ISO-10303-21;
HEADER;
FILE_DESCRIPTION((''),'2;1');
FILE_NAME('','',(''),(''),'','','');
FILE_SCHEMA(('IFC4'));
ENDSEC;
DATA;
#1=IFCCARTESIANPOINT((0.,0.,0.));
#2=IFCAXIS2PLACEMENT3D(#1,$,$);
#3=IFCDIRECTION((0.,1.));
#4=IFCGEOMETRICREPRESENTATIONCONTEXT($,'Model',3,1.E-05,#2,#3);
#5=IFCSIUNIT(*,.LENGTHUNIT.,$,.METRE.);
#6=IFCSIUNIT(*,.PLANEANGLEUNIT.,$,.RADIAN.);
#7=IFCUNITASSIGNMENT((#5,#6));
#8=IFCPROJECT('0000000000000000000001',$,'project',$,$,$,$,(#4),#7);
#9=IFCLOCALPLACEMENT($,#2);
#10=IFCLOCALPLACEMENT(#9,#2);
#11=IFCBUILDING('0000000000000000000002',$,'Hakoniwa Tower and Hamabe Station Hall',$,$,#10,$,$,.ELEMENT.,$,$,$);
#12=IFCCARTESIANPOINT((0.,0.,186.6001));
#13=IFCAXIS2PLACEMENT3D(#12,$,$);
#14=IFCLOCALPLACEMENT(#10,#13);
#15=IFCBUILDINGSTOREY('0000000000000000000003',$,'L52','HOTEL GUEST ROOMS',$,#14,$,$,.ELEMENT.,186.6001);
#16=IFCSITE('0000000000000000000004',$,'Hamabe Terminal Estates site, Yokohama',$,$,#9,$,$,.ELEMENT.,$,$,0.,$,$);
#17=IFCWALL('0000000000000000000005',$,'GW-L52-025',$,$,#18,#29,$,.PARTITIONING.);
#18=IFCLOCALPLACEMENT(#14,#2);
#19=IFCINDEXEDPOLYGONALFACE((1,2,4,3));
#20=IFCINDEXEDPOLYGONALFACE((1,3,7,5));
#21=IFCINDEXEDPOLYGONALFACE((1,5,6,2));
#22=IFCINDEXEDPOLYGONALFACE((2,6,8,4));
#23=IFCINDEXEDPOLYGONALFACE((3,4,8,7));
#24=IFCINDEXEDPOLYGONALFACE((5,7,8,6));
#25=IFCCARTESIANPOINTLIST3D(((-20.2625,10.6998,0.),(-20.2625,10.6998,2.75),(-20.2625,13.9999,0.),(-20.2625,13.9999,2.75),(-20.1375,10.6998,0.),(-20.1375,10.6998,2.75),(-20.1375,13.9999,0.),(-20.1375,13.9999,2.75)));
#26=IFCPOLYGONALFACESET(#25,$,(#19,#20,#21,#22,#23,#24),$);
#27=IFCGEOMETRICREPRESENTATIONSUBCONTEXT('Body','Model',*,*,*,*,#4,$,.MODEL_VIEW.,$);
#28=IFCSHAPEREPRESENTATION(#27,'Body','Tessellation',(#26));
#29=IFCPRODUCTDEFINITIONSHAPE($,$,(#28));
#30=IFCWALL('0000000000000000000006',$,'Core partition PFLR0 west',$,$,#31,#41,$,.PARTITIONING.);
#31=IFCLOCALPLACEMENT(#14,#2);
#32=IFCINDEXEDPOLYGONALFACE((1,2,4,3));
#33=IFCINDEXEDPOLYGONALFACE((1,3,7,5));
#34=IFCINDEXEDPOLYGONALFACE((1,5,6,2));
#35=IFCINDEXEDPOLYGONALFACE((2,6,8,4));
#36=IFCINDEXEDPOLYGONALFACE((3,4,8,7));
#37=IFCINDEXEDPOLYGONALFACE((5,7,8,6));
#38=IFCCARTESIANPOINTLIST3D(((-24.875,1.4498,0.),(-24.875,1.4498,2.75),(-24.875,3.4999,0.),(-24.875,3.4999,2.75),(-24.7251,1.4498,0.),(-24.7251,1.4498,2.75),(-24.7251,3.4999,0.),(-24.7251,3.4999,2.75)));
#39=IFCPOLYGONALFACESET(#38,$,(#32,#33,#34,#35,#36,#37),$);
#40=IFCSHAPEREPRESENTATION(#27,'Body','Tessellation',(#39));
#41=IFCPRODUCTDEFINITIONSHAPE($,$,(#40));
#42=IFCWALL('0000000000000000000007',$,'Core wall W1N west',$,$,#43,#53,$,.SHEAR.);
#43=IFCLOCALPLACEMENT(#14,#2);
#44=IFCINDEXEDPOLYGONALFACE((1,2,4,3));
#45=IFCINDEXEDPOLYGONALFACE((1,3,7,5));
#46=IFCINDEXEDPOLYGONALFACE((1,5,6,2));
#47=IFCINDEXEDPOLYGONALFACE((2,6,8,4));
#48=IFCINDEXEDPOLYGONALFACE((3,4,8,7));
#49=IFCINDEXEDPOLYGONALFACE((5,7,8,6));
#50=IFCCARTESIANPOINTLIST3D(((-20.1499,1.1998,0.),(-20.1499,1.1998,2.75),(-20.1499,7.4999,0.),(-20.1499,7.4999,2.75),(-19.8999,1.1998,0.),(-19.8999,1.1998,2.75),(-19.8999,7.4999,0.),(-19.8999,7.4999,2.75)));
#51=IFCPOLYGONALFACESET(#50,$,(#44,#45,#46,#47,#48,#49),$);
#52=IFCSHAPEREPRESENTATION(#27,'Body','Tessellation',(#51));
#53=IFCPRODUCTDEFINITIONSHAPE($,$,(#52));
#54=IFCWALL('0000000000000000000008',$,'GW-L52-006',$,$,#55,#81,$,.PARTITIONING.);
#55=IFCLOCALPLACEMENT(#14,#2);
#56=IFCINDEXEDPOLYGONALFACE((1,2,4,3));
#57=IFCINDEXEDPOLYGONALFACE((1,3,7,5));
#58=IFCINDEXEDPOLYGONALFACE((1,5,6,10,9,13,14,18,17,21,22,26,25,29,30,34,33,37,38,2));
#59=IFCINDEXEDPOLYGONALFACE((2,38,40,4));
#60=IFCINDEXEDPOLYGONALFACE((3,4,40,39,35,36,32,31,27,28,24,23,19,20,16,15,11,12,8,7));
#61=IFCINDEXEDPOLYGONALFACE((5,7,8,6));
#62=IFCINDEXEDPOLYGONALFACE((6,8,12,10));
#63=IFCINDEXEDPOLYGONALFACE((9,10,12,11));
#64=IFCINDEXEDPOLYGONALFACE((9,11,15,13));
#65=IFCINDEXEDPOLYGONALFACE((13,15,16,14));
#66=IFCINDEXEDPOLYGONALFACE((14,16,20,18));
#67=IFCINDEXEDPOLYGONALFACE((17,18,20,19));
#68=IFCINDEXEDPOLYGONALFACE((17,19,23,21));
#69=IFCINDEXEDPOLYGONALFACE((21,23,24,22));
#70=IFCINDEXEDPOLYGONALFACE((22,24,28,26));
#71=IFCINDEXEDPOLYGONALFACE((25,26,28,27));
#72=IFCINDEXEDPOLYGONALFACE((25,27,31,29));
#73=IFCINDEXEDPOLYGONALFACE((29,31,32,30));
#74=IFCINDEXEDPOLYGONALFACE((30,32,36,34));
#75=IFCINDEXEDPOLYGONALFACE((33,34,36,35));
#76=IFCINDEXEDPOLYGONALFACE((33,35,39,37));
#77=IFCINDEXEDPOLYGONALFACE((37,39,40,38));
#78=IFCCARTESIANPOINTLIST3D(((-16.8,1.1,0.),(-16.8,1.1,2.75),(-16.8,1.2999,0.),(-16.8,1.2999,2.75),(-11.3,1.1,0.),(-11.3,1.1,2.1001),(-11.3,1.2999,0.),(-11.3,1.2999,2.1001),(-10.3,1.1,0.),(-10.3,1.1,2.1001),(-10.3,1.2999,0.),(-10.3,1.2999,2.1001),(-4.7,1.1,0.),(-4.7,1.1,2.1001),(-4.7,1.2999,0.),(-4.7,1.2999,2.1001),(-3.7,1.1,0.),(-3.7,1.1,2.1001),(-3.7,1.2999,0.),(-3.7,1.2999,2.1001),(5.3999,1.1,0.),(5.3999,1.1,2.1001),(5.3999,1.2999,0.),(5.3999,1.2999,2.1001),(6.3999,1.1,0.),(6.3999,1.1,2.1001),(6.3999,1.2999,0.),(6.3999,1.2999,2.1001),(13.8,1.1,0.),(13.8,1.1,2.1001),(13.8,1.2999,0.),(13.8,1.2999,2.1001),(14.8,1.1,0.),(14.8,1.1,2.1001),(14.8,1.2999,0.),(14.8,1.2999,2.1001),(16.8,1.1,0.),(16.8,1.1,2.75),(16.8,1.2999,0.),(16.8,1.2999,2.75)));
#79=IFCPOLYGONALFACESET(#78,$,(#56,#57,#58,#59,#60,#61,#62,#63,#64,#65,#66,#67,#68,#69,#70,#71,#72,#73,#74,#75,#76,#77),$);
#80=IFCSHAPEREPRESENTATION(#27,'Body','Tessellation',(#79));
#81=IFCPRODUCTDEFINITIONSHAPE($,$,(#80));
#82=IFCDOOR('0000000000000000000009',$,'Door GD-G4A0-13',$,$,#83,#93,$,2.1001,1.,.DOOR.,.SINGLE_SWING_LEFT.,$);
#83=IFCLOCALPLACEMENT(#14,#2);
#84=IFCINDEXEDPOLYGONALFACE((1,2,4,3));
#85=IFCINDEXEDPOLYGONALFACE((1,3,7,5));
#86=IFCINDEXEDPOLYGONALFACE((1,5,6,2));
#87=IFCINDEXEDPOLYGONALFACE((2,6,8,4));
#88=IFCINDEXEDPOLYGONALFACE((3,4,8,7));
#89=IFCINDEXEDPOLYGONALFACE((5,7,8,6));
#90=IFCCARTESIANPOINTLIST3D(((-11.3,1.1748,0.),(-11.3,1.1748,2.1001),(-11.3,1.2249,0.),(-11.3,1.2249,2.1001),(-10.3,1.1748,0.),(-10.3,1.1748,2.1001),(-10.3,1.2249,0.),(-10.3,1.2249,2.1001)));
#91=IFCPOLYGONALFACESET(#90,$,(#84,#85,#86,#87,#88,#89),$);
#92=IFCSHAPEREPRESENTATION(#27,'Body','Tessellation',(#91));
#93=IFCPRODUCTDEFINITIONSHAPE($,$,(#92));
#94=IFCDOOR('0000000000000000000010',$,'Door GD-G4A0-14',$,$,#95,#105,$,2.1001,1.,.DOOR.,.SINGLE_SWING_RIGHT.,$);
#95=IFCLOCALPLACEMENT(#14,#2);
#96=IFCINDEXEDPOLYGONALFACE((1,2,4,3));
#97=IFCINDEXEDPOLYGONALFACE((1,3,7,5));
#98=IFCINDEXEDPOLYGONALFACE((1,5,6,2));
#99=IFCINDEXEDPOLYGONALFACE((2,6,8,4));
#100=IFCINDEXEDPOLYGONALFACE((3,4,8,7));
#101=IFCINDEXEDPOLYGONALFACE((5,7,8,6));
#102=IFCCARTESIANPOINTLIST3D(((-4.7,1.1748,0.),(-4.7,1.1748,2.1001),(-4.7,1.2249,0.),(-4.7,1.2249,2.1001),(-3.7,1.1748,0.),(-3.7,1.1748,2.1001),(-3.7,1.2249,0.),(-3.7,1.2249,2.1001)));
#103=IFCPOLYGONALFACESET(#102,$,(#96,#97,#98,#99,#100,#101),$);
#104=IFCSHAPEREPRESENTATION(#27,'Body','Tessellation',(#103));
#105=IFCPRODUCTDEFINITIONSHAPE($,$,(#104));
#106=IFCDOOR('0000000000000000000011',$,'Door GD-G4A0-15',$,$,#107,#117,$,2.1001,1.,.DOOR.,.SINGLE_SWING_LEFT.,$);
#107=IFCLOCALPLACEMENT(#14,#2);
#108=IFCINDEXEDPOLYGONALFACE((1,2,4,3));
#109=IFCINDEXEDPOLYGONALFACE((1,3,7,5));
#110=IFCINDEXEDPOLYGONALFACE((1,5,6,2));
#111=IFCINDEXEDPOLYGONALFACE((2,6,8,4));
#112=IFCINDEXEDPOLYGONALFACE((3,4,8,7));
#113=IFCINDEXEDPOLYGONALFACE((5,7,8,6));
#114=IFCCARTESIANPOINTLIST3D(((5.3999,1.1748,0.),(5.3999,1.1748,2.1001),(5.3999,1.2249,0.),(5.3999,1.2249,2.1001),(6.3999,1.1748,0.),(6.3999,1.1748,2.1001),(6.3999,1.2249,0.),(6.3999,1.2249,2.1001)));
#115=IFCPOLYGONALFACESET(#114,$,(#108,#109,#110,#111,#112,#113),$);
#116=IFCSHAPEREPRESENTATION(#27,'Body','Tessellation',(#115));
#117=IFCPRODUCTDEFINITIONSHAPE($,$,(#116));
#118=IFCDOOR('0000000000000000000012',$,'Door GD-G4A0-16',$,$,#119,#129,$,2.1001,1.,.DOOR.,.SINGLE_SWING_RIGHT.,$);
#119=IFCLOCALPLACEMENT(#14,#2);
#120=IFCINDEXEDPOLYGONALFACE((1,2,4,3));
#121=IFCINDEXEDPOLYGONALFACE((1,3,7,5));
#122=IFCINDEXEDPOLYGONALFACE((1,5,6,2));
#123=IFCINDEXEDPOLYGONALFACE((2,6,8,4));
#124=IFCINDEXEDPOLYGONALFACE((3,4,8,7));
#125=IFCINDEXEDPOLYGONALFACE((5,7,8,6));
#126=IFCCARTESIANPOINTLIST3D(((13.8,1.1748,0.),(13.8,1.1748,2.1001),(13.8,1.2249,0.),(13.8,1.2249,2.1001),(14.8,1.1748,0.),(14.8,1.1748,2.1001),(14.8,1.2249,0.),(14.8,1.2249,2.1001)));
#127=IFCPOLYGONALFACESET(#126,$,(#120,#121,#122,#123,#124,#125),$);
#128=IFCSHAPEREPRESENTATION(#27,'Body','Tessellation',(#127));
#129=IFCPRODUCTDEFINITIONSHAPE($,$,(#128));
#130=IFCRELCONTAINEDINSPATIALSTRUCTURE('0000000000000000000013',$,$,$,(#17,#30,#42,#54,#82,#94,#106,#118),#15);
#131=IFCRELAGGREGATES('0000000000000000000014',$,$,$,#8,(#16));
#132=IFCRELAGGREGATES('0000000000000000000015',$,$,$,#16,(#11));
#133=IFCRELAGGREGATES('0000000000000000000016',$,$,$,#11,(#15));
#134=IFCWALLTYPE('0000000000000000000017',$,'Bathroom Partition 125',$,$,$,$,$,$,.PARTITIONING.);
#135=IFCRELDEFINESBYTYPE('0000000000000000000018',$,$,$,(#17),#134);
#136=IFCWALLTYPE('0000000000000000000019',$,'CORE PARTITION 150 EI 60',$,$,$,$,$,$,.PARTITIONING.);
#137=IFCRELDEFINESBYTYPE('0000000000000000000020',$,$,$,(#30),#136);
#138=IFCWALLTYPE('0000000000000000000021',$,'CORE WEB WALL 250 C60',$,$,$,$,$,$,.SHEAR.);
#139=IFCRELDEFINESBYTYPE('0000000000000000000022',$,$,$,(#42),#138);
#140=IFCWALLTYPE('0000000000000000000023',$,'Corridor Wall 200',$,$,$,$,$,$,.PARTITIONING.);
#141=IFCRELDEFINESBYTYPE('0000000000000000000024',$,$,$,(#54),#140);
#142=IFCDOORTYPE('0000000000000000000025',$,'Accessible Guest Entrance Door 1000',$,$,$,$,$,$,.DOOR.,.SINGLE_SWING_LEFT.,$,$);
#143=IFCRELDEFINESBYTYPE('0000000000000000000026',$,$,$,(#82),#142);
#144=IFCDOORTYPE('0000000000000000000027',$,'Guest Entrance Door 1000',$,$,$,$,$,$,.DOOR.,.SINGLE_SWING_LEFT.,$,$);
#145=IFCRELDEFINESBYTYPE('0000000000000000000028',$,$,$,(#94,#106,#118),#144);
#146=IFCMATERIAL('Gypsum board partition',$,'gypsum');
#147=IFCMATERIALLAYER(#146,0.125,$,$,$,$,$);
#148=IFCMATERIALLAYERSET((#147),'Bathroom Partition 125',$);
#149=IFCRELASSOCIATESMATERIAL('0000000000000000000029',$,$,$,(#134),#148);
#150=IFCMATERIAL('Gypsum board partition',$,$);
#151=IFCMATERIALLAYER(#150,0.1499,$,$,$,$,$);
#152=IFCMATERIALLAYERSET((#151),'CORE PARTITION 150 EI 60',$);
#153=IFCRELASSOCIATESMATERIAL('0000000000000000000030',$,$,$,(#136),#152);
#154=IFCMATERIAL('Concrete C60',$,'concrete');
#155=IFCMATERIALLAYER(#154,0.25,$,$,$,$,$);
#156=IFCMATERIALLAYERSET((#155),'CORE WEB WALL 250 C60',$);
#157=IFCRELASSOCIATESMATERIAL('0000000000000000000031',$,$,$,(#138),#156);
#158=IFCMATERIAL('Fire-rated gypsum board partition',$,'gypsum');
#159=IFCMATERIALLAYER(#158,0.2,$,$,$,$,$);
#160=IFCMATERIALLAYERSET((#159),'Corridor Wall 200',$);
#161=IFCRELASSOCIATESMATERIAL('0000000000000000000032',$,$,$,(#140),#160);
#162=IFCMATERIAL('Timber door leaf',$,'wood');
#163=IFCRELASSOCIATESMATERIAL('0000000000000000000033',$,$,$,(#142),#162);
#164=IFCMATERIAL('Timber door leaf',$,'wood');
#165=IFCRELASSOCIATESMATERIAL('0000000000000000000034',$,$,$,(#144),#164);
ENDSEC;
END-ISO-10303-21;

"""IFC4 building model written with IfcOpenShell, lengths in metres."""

from ifc_helpers import new_model, si_unit, direction, frame, frame_2d, origin, place, context, subcontext, project, spatial, rectangle, extrude, material, layer, layer_set, type_object, element, fill, save


model = new_model("IFC4")

# Units and contexts
model_context = context("Model", 3, precision=1e-05, world=origin(), true_north=direction((0.0, 1.0)))
body_context = subcontext(model_context, "Body", "Model", "MODEL_VIEW")
ifc_project = project(units=[si_unit("LENGTHUNIT", "METRE"), si_unit("PLANEANGLEUNIT", "RADIAN")], contexts=[model_context])

# Site, building, storey
site_placement = place(None, origin())
site = spatial("IfcSite", under=ifc_project, at=site_placement, Name="Hamabe Terminal Estates site, Yokohama", CompositionType="ELEMENT", RefElevation=0.0)
building_placement = place(site_placement, origin())
building = spatial("IfcBuilding", under=site, at=building_placement, Name="Hakoniwa Tower and Hamabe Station Hall", CompositionType="ELEMENT")
storey_placement = place(building_placement, frame((0.0, 0.0, 186.6001)))
storey = spatial("IfcBuildingStorey", under=building, at=storey_placement, Name="L52", Description="HOTEL GUEST ROOMS", CompositionType="ELEMENT", Elevation=186.6001)

# Shared definitions
ifc_material_1 = material(Name="Gypsum board partition", Category="gypsum")
ifc_layer_1 = layer(ifc_material_1, 0.125)
ifc_layer_set_1 = layer_set([ifc_layer_1], Name="Bathroom Partition 125")
wall_type_1 = type_object("IfcWallType", Name="Bathroom Partition 125", PredefinedType="PARTITIONING", material=ifc_layer_set_1)

# Walls
wall_1_placement = place(storey_placement, frame((-20.2, 10.7, 0.0), z_axis=(0.0, 0.0, 1.0), x_axis=(0.0, 1.0, 0.0)))
element("IfcWall", 1, at=wall_1_placement, inside=storey, type_object=wall_type_1, Name="GW-L52-025", PredefinedType="PARTITIONING", context=body_context, shape_type="SweptSolid", body=[
    extrude(rectangle(XDim=3.3, YDim=0.125, at=frame_2d((1.6499, 0.0))), origin(), (0.0, 0.0, 1.0), 2.75),
])
ifc_material_2 = material(Name="Gypsum board partition")
ifc_layer_2 = layer(ifc_material_2, 0.1499)
ifc_layer_set_2 = layer_set([ifc_layer_2], Name="CORE PARTITION 150 EI 60")
wall_type_2 = type_object("IfcWallType", Name="CORE PARTITION 150 EI 60", PredefinedType="PARTITIONING", material=ifc_layer_set_2)
wall_2_placement = place(storey_placement, frame((-24.8, 1.45, 0.0), z_axis=(0.0, 0.0, 1.0), x_axis=(0.0, 1.0, 0.0)))
element("IfcWall", 2, at=wall_2_placement, inside=storey, type_object=wall_type_2, Name="Core partition PFLR0 west", PredefinedType="PARTITIONING", context=body_context, shape_type="SweptSolid", body=[
    extrude(rectangle(XDim=2.05, YDim=0.1499, at=frame_2d((1.0249, 0.0))), origin(), (0.0, 0.0, 1.0), 2.75),
])
ifc_material_3 = material(Name="Concrete C60", Category="concrete")
ifc_layer_3 = layer(ifc_material_3, 0.25)
ifc_layer_set_3 = layer_set([ifc_layer_3], Name="CORE WEB WALL 250 C60")
wall_type_3 = type_object("IfcWallType", Name="CORE WEB WALL 250 C60", PredefinedType="SHEAR", material=ifc_layer_set_3)
wall_3_placement = place(storey_placement, frame((-20.0249, 1.2, 0.0), z_axis=(0.0, 0.0, 1.0), x_axis=(0.0, 1.0, 0.0)))
element("IfcWall", 3, at=wall_3_placement, inside=storey, type_object=wall_type_3, Name="Core wall W1N west", PredefinedType="SHEAR", context=body_context, shape_type="SweptSolid", body=[
    extrude(rectangle(XDim=6.3, YDim=0.25, at=frame_2d((3.1499, 0.0))), origin(), (0.0, 0.0, 1.0), 2.75),
])

# Wall, openings, doors
ifc_material_4 = material(Name="Fire-rated gypsum board partition", Category="gypsum")
ifc_layer_4 = layer(ifc_material_4, 0.2)
ifc_layer_set_4 = layer_set([ifc_layer_4], Name="Corridor Wall 200")
wall_type_4 = type_object("IfcWallType", Name="Corridor Wall 200", PredefinedType="PARTITIONING", material=ifc_layer_set_4)
wall_4_placement = place(storey_placement, frame((-16.8, 1.2, 0.0), z_axis=(0.0, 0.0, 1.0), x_axis=(1.0, 0.0, 0.0)))
wall_4 = element("IfcWall", 4, at=wall_4_placement, inside=storey, type_object=wall_type_4, Name="GW-L52-006", PredefinedType="PARTITIONING", context=body_context, shape_type="SweptSolid", body=[
    extrude(rectangle(XDim=33.6001, YDim=0.2, at=frame_2d((16.8, 0.0))), origin(), (0.0, 0.0, 1.0), 2.75),
])
opening_1_placement = place(wall_4_placement, frame((5.5, 0.0, 0.0)))
opening_1 = element("IfcOpeningElement", 5, at=opening_1_placement, cuts=wall_4, PredefinedType="OPENING", context=body_context, shape_type="SweptSolid", body=[
    extrude(rectangle(XDim=1.0, YDim=2.1001, at=frame_2d((0.5, 1.05))), frame((0.0, 0.1099, 0.0), z_axis=(0.0, -1.0, 0.0), x_axis=(1.0, 0.0, 0.0)), (0.0, 0.0, 1.0), 0.22),
])
opening_2_placement = place(wall_4_placement, frame((12.1001, 0.0, 0.0)))
opening_2 = element("IfcOpeningElement", 6, at=opening_2_placement, cuts=wall_4, PredefinedType="OPENING", context=body_context, shape_type="SweptSolid", body=[
    extrude(rectangle(XDim=1.0, YDim=2.1001, at=frame_2d((0.5, 1.05))), frame((0.0, 0.1099, 0.0), z_axis=(0.0, -1.0, 0.0), x_axis=(1.0, 0.0, 0.0)), (0.0, 0.0, 1.0), 0.22),
])
opening_3_placement = place(wall_4_placement, frame((22.2, 0.0, 0.0)))
opening_3 = element("IfcOpeningElement", 7, at=opening_3_placement, cuts=wall_4, PredefinedType="OPENING", context=body_context, shape_type="SweptSolid", body=[
    extrude(rectangle(XDim=1.0, YDim=2.1001, at=frame_2d((0.5, 1.05))), frame((0.0, 0.1099, 0.0), z_axis=(0.0, -1.0, 0.0), x_axis=(1.0, 0.0, 0.0)), (0.0, 0.0, 1.0), 0.22),
])
opening_4_placement = place(wall_4_placement, frame((30.6001, 0.0, 0.0)))
opening_4 = element("IfcOpeningElement", 8, at=opening_4_placement, cuts=wall_4, PredefinedType="OPENING", context=body_context, shape_type="SweptSolid", body=[
    extrude(rectangle(XDim=1.0, YDim=2.1001, at=frame_2d((0.5, 1.05))), frame((0.0, 0.1099, 0.0), z_axis=(0.0, -1.0, 0.0), x_axis=(1.0, 0.0, 0.0)), (0.0, 0.0, 1.0), 0.22),
])
ifc_material_5 = material(Name="Timber door leaf", Category="wood")
door_type_1 = type_object("IfcDoorType", Name="Accessible Guest Entrance Door 1000", OperationType="SINGLE_SWING_LEFT", PredefinedType="DOOR", material=ifc_material_5)
door_1_placement = place(opening_1_placement, origin())
door_1 = element("IfcDoor", 9, at=door_1_placement, inside=storey, type_object=door_type_1, Name="Door GD-G4A0-13", OperationType="SINGLE_SWING_LEFT", OverallHeight=2.1001, OverallWidth=1.0, PredefinedType="DOOR", context=body_context, shape_type="SweptSolid", body=[
    extrude(rectangle(XDim=1.0, YDim=2.1001, at=frame_2d((0.5, 1.05))), frame((0.0, 0.0249, 0.0), z_axis=(0.0, -1.0, 0.0), x_axis=(1.0, 0.0, 0.0)), (0.0, 0.0, 1.0), 0.05),
])
fill(opening_1, door_1)
ifc_material_6 = material(Name="Timber door leaf", Category="wood")
door_type_2 = type_object("IfcDoorType", Name="Guest Entrance Door 1000", OperationType="SINGLE_SWING_LEFT", PredefinedType="DOOR", material=ifc_material_6)
door_2_placement = place(opening_2_placement, origin())
door_2 = element("IfcDoor", 10, at=door_2_placement, inside=storey, type_object=door_type_2, Name="Door GD-G4A0-14", OperationType="SINGLE_SWING_RIGHT", OverallHeight=2.1001, OverallWidth=1.0, PredefinedType="DOOR", context=body_context, shape_type="SweptSolid", body=[
    extrude(rectangle(XDim=1.0, YDim=2.1001, at=frame_2d((0.5, 1.05))), frame((0.0, 0.0249, 0.0), z_axis=(0.0, -1.0, 0.0), x_axis=(1.0, 0.0, 0.0)), (0.0, 0.0, 1.0), 0.05),
])
fill(opening_2, door_2)
door_3_placement = place(opening_3_placement, origin())
door_3 = element("IfcDoor", 11, at=door_3_placement, inside=storey, type_object=door_type_2, Name="Door GD-G4A0-15", OperationType="SINGLE_SWING_LEFT", OverallHeight=2.1001, OverallWidth=1.0, PredefinedType="DOOR", context=body_context, shape_type="SweptSolid", body=[
    extrude(rectangle(XDim=1.0, YDim=2.1001, at=frame_2d((0.5, 1.05))), frame((0.0, 0.0249, 0.0), z_axis=(0.0, -1.0, 0.0), x_axis=(1.0, 0.0, 0.0)), (0.0, 0.0, 1.0), 0.05),
])
fill(opening_3, door_3)
door_4_placement = place(opening_4_placement, origin())
door_4 = element("IfcDoor", 12, at=door_4_placement, inside=storey, type_object=door_type_2, Name="Door GD-G4A0-16", OperationType="SINGLE_SWING_RIGHT", OverallHeight=2.1001, OverallWidth=1.0, PredefinedType="DOOR", context=body_context, shape_type="SweptSolid", body=[
    extrude(rectangle(XDim=1.0, YDim=2.1001, at=frame_2d((0.5, 1.05))), frame((0.0, 0.0249, 0.0), z_axis=(0.0, -1.0, 0.0), x_axis=(1.0, 0.0, 0.0)), (0.0, 0.0, 1.0), 0.05),
])
fill(opening_4, door_4)

save(model, "model.ifc")
